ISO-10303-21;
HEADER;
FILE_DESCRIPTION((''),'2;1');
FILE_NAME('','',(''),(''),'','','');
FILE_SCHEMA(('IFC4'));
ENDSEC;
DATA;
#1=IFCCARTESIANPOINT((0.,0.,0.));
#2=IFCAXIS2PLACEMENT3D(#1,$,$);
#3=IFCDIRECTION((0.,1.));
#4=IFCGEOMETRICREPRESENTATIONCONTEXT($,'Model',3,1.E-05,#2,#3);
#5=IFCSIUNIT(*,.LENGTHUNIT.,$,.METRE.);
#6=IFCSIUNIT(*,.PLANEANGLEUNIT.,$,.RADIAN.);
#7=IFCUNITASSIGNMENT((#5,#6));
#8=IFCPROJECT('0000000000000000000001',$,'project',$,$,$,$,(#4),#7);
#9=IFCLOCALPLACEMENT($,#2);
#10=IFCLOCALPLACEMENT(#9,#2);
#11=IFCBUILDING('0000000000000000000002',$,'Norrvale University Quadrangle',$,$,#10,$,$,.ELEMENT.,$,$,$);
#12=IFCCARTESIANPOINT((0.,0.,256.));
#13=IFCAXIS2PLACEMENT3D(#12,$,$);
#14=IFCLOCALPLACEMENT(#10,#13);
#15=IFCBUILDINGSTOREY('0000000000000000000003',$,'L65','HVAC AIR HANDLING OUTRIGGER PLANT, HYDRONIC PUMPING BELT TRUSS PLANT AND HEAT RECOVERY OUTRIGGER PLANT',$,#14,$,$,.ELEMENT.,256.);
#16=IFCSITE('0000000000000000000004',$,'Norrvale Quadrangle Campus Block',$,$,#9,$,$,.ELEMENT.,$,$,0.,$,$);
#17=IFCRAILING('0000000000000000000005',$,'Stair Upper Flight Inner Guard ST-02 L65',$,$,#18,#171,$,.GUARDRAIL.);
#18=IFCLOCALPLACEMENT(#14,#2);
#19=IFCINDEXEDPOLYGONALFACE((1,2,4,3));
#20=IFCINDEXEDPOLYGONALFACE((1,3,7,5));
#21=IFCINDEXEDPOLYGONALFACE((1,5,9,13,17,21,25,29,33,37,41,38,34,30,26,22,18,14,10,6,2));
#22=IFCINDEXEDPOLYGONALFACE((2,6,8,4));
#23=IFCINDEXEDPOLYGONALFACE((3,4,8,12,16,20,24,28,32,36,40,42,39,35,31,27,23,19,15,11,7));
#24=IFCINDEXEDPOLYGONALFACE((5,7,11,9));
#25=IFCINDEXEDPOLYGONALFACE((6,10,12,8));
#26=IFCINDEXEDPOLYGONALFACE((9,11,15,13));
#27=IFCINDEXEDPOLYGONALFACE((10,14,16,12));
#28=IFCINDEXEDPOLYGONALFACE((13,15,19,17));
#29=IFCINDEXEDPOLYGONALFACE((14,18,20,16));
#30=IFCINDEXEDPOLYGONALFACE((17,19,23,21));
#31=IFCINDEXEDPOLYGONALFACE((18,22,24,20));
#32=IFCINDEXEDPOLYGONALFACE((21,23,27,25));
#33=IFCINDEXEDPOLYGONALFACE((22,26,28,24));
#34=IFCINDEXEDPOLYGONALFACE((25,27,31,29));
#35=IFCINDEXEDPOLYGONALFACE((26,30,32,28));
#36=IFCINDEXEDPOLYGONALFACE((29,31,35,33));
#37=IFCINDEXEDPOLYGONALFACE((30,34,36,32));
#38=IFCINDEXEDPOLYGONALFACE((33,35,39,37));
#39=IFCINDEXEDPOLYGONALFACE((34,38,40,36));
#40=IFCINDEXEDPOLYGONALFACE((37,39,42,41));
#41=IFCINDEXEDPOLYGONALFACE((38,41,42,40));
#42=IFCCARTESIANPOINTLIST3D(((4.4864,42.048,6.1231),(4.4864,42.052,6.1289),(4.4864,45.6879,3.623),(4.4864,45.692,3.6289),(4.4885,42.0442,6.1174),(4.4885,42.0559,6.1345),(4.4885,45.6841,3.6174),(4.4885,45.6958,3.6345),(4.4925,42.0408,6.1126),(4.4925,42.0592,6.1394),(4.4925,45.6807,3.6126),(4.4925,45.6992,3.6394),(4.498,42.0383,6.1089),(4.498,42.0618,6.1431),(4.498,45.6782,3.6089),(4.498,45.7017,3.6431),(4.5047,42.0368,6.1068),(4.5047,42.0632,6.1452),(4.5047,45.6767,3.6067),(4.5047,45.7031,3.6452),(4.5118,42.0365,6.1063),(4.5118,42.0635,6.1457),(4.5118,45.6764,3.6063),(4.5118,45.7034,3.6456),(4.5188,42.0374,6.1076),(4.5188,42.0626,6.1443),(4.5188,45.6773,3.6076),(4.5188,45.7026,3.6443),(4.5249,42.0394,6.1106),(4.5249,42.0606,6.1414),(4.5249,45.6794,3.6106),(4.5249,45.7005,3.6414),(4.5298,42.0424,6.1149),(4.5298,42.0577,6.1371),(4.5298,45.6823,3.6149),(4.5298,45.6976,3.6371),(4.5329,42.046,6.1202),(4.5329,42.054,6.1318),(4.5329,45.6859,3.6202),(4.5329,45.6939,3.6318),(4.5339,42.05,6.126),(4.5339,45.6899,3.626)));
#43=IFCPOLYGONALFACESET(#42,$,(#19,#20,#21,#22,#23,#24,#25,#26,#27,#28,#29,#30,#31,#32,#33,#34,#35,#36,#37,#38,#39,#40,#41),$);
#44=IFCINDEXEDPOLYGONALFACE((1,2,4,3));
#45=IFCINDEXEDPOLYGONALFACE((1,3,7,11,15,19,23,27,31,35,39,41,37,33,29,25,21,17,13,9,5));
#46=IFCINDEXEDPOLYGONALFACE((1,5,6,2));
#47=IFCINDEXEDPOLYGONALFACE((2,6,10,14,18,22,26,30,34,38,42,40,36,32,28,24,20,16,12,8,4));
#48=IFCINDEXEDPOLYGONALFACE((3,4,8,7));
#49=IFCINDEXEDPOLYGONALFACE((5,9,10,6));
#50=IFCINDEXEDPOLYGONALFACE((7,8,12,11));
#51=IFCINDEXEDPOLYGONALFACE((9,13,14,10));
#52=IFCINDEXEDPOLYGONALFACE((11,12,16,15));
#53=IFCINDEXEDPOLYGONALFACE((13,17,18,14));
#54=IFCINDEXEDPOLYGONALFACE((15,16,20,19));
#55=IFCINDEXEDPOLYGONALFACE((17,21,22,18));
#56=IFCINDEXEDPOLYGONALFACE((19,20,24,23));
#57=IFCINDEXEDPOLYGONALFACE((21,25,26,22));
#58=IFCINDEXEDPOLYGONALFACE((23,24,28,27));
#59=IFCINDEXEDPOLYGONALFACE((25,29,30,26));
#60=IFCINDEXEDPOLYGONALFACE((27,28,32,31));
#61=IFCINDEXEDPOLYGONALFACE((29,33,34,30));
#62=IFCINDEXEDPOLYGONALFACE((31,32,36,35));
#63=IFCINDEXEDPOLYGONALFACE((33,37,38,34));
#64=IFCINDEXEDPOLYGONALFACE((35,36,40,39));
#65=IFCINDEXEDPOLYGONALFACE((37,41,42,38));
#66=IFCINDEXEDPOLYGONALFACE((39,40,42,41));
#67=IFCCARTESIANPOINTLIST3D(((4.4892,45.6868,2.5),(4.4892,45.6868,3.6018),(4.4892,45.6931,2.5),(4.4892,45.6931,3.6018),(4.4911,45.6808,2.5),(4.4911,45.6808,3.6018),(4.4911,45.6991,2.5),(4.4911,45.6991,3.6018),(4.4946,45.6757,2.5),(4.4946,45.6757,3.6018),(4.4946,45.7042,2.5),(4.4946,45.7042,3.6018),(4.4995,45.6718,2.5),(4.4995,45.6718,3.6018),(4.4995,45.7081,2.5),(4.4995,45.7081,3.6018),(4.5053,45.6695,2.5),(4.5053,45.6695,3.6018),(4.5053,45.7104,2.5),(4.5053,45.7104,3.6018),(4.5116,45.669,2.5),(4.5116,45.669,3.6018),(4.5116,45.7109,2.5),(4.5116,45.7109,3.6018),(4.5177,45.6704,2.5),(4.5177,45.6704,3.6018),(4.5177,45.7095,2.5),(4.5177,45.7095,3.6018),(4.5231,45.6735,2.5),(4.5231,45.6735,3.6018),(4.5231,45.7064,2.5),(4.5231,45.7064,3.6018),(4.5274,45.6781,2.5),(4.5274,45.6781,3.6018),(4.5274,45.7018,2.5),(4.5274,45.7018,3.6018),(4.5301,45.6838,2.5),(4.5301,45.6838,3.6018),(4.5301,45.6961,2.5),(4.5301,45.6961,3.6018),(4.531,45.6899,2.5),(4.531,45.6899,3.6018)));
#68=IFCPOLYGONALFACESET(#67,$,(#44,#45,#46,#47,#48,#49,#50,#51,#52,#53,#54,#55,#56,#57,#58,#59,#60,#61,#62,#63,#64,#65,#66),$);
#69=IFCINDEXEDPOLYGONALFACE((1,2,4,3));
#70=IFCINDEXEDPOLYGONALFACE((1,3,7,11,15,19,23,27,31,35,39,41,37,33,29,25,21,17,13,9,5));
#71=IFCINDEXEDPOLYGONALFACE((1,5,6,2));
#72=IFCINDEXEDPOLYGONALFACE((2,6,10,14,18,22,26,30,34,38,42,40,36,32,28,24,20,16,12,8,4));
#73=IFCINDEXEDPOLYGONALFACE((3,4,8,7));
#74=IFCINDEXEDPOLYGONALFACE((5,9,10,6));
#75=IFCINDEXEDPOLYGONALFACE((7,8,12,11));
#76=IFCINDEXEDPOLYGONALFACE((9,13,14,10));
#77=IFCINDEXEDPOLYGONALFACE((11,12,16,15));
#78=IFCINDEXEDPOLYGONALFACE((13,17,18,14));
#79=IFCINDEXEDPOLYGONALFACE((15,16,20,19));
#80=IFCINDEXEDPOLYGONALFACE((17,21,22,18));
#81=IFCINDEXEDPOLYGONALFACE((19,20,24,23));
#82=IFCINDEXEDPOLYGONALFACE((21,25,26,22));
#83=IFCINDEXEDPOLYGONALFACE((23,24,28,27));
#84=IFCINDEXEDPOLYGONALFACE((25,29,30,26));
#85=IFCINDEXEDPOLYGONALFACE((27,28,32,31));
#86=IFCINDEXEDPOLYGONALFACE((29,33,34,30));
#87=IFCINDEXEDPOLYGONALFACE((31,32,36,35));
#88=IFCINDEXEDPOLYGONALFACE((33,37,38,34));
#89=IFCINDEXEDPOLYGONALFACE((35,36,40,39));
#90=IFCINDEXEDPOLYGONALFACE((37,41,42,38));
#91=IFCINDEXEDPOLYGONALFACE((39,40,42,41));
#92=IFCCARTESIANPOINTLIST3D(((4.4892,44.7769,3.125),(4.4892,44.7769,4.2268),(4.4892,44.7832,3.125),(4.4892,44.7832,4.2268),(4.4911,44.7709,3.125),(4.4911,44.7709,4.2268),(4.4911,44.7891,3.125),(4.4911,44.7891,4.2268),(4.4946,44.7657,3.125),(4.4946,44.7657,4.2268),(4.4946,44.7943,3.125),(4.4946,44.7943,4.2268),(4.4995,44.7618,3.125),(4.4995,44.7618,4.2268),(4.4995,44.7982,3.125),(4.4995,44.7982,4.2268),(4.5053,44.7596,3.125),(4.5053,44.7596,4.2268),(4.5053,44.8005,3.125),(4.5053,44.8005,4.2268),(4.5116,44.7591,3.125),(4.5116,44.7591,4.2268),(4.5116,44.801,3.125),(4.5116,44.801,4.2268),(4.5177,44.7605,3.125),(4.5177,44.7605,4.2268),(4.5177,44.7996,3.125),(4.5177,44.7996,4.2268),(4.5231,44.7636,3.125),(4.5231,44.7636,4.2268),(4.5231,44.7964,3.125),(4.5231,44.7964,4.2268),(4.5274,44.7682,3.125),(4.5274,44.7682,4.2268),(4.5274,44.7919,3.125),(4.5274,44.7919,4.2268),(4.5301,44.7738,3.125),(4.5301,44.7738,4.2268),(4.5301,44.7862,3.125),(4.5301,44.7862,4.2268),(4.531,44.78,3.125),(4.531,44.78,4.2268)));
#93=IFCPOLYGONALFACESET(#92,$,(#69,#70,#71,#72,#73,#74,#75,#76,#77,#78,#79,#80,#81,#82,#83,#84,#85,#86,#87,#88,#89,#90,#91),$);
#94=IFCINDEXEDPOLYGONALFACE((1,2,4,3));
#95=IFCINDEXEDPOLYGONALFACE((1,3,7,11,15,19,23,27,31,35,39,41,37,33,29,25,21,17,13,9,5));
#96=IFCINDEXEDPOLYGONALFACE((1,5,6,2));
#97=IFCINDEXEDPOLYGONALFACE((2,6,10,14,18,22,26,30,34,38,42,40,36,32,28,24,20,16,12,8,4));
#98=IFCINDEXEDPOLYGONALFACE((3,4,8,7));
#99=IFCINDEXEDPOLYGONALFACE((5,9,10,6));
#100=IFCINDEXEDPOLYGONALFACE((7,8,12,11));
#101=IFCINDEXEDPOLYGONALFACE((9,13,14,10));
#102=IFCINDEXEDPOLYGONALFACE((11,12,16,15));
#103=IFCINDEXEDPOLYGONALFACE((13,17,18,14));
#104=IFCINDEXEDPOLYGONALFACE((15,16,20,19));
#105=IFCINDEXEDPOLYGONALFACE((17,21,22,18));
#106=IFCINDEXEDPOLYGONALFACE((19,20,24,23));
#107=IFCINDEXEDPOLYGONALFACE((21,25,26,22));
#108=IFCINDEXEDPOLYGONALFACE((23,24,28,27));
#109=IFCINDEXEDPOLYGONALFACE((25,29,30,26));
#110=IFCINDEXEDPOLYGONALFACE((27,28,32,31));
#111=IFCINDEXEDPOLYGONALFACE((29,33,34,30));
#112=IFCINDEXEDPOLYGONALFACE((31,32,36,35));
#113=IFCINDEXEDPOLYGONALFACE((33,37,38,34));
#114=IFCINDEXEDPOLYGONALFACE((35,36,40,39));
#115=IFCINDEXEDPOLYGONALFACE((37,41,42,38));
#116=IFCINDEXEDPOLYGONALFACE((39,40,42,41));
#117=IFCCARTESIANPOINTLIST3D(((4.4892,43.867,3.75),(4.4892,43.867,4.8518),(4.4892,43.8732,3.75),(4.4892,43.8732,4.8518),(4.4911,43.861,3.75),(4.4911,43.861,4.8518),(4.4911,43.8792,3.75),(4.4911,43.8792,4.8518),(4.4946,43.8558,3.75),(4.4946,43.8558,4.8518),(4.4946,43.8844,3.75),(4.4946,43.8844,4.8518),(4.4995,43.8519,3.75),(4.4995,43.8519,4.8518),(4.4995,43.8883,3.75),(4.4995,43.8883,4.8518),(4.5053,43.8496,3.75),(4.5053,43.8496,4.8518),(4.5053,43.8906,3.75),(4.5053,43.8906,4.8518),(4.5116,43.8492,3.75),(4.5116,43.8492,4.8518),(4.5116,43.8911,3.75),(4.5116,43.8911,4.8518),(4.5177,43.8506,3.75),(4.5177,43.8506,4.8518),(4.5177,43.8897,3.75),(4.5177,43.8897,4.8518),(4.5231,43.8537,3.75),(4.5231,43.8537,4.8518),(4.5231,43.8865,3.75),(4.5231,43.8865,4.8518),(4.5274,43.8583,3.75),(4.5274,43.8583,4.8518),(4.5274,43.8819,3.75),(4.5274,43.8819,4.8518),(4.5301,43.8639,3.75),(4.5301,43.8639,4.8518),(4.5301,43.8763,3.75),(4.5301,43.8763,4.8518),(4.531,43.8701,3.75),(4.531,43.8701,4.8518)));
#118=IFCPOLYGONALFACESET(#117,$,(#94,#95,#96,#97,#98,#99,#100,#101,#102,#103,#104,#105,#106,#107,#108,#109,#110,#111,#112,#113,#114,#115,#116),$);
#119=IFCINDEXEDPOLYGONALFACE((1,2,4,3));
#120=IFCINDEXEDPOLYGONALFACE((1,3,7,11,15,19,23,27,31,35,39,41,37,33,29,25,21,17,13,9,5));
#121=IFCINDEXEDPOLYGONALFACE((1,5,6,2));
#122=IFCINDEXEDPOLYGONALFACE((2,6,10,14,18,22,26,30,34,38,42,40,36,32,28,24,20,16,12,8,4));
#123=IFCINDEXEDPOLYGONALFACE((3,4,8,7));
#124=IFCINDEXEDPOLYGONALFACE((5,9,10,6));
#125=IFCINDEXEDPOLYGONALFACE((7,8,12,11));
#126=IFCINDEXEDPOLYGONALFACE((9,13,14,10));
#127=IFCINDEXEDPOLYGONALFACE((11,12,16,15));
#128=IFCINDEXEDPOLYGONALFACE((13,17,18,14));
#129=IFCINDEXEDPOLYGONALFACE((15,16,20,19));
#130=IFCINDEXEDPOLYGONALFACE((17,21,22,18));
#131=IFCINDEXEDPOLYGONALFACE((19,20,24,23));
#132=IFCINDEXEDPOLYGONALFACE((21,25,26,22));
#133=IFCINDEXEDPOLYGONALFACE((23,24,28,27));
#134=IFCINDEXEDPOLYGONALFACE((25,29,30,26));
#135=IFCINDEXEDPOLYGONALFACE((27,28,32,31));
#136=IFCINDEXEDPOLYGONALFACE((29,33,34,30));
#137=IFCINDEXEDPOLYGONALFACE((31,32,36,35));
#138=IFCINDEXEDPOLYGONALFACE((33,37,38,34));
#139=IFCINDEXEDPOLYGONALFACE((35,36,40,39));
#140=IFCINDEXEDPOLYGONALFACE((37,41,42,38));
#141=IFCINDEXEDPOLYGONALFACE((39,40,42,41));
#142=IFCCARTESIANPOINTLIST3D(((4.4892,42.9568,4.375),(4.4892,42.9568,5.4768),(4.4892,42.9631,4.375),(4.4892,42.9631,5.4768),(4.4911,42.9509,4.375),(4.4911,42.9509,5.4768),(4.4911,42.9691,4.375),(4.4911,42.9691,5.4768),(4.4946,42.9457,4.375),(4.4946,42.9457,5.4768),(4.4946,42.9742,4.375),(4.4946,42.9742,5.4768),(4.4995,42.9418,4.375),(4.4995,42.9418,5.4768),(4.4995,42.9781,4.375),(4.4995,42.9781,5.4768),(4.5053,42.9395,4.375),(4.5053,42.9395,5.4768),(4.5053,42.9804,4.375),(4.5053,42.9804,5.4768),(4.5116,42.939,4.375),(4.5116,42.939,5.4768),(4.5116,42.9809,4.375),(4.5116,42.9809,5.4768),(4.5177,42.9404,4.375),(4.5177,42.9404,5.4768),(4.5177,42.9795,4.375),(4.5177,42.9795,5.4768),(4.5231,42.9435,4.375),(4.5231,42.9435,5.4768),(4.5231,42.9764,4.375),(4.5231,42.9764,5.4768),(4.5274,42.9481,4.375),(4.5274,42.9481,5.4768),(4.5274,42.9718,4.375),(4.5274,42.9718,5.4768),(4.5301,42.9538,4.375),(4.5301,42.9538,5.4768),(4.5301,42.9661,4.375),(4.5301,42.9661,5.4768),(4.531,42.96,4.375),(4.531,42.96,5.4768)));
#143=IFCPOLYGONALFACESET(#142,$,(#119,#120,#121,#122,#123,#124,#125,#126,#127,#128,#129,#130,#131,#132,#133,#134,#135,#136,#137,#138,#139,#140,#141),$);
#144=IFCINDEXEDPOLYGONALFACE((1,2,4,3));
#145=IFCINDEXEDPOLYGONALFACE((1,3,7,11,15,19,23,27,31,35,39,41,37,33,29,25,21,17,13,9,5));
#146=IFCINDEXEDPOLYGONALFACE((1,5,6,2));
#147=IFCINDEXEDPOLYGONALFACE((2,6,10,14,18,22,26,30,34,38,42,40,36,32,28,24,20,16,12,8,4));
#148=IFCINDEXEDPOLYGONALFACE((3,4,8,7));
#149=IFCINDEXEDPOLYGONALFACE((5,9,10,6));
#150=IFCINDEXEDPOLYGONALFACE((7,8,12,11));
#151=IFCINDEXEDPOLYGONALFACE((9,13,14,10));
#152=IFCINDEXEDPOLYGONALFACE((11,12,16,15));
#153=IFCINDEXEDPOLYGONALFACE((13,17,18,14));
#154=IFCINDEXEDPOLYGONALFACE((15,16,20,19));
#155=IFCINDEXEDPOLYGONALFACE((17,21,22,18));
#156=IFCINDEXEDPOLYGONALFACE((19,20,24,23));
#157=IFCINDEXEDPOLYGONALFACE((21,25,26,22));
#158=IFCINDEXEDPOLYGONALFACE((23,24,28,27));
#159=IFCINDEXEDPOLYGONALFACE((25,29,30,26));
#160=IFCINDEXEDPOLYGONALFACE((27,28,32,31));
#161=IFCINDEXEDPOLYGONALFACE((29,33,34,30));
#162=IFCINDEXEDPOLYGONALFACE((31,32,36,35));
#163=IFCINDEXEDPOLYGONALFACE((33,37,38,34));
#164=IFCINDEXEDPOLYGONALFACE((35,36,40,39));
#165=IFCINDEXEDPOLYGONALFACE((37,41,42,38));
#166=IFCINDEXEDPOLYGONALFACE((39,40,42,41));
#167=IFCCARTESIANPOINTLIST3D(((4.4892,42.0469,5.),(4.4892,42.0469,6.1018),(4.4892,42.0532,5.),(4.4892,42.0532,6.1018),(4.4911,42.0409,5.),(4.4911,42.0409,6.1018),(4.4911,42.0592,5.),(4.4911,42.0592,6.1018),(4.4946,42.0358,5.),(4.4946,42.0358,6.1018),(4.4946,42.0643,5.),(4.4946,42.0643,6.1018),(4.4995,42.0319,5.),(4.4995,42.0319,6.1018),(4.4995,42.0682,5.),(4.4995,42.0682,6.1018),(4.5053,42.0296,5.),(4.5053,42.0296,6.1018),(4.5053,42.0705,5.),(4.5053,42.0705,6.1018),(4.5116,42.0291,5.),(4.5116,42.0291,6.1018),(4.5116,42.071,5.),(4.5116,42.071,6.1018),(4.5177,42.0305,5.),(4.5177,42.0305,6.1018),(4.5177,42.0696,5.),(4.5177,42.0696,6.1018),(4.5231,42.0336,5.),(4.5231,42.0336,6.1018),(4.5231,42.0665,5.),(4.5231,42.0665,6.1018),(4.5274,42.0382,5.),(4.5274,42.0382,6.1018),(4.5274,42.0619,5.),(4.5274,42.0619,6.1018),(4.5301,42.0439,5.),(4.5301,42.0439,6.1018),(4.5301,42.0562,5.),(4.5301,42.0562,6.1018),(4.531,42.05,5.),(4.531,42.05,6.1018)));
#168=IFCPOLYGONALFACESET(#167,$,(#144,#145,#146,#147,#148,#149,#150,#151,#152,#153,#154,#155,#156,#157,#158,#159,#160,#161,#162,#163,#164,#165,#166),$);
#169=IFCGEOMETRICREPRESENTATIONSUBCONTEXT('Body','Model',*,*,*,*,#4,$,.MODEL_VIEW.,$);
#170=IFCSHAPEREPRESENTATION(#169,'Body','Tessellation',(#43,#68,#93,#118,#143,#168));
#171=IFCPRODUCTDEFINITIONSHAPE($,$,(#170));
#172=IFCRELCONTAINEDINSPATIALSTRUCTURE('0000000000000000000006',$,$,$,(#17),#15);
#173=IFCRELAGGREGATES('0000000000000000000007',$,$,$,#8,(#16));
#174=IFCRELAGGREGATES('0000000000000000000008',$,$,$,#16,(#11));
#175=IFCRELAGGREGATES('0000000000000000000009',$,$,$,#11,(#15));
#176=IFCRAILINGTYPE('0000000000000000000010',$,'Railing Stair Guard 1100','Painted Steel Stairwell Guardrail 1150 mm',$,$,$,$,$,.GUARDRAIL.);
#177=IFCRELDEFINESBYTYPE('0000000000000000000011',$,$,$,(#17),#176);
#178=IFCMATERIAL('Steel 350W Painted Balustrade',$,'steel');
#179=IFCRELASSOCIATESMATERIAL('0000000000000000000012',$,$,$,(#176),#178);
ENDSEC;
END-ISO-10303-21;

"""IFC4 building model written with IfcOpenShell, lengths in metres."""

from ifc_helpers import new_model, si_unit, direction, frame, origin, origin_2d, place, context, subcontext, project, spatial, circle, extrude, material, type_object, element, save


model = new_model("IFC4")

# Units and contexts
model_context = context("Model", 3, precision=1e-05, world=origin(), true_north=direction((0.0, 1.0)))
body_context = subcontext(model_context, "Body", "Model", "MODEL_VIEW")
ifc_project = project(units=[si_unit("LENGTHUNIT", "METRE"), si_unit("PLANEANGLEUNIT", "RADIAN")], contexts=[model_context])

# Site, building, storey
site_placement = place(None, origin())
site = spatial("IfcSite", under=ifc_project, at=site_placement, Name="Norrvale Quadrangle Campus Block", CompositionType="ELEMENT", RefElevation=0.0)
building_placement = place(site_placement, origin())
building = spatial("IfcBuilding", under=site, at=building_placement, Name="Norrvale University Quadrangle", CompositionType="ELEMENT")
storey_placement = place(building_placement, frame((0.0, 0.0, 256.0)))
storey = spatial("IfcBuildingStorey", under=building, at=storey_placement, Name="L65", Description="HVAC AIR HANDLING OUTRIGGER PLANT, HYDRONIC PUMPING BELT TRUSS PLANT AND HEAT RECOVERY OUTRIGGER PLANT", CompositionType="ELEMENT", Elevation=256.0)

# Railing
ifc_material_1 = material(Name="Steel 350W Painted Balustrade", Category="steel")
railing_type_1 = type_object("IfcRailingType", Name="Railing Stair Guard 1100", Description="Painted Steel Stairwell Guardrail 1150 mm", PredefinedType="GUARDRAIL", material=ifc_material_1)
railing_1_placement = place(storey_placement, frame((4.51, 45.6899, 2.5)))
element("IfcRailing", 1, at=railing_1_placement, inside=storey, type_object=railing_type_1, Name="Stair Upper Flight Inner Guard ST-02 L65", PredefinedType="GUARDRAIL", context=body_context, shape_type="SweptSolid", body=[
    extrude(circle(Radius=0.0239, at=origin_2d()), frame((0.0, 0.0, 1.126), z_axis=(0.0, -0.824298, 0.566156), x_axis=(1.0, 0.0, 0.0)), (0.0, 0.0, 1.0), 4.4158),
    extrude(circle(Radius=0.021, at=origin_2d()), origin(), (0.0, 0.0, 1.0), 1.1018),
    extrude(circle(Radius=0.021, at=origin_2d()), frame((0.0, -0.9099, 0.625)), (0.0, 0.0, 1.0), 1.1018),
    extrude(circle(Radius=0.021, at=origin_2d()), frame((0.0, -1.8198, 1.25)), (0.0, 0.0, 1.0), 1.1018),
    extrude(circle(Radius=0.021, at=origin_2d()), frame((0.0, -2.73, 1.875)), (0.0, 0.0, 1.0), 1.1018),
    extrude(circle(Radius=0.021, at=origin_2d()), frame((0.0, -3.6399, 2.5)), (0.0, 0.0, 1.0), 1.1018),
])

save(model, "model.ifc")
